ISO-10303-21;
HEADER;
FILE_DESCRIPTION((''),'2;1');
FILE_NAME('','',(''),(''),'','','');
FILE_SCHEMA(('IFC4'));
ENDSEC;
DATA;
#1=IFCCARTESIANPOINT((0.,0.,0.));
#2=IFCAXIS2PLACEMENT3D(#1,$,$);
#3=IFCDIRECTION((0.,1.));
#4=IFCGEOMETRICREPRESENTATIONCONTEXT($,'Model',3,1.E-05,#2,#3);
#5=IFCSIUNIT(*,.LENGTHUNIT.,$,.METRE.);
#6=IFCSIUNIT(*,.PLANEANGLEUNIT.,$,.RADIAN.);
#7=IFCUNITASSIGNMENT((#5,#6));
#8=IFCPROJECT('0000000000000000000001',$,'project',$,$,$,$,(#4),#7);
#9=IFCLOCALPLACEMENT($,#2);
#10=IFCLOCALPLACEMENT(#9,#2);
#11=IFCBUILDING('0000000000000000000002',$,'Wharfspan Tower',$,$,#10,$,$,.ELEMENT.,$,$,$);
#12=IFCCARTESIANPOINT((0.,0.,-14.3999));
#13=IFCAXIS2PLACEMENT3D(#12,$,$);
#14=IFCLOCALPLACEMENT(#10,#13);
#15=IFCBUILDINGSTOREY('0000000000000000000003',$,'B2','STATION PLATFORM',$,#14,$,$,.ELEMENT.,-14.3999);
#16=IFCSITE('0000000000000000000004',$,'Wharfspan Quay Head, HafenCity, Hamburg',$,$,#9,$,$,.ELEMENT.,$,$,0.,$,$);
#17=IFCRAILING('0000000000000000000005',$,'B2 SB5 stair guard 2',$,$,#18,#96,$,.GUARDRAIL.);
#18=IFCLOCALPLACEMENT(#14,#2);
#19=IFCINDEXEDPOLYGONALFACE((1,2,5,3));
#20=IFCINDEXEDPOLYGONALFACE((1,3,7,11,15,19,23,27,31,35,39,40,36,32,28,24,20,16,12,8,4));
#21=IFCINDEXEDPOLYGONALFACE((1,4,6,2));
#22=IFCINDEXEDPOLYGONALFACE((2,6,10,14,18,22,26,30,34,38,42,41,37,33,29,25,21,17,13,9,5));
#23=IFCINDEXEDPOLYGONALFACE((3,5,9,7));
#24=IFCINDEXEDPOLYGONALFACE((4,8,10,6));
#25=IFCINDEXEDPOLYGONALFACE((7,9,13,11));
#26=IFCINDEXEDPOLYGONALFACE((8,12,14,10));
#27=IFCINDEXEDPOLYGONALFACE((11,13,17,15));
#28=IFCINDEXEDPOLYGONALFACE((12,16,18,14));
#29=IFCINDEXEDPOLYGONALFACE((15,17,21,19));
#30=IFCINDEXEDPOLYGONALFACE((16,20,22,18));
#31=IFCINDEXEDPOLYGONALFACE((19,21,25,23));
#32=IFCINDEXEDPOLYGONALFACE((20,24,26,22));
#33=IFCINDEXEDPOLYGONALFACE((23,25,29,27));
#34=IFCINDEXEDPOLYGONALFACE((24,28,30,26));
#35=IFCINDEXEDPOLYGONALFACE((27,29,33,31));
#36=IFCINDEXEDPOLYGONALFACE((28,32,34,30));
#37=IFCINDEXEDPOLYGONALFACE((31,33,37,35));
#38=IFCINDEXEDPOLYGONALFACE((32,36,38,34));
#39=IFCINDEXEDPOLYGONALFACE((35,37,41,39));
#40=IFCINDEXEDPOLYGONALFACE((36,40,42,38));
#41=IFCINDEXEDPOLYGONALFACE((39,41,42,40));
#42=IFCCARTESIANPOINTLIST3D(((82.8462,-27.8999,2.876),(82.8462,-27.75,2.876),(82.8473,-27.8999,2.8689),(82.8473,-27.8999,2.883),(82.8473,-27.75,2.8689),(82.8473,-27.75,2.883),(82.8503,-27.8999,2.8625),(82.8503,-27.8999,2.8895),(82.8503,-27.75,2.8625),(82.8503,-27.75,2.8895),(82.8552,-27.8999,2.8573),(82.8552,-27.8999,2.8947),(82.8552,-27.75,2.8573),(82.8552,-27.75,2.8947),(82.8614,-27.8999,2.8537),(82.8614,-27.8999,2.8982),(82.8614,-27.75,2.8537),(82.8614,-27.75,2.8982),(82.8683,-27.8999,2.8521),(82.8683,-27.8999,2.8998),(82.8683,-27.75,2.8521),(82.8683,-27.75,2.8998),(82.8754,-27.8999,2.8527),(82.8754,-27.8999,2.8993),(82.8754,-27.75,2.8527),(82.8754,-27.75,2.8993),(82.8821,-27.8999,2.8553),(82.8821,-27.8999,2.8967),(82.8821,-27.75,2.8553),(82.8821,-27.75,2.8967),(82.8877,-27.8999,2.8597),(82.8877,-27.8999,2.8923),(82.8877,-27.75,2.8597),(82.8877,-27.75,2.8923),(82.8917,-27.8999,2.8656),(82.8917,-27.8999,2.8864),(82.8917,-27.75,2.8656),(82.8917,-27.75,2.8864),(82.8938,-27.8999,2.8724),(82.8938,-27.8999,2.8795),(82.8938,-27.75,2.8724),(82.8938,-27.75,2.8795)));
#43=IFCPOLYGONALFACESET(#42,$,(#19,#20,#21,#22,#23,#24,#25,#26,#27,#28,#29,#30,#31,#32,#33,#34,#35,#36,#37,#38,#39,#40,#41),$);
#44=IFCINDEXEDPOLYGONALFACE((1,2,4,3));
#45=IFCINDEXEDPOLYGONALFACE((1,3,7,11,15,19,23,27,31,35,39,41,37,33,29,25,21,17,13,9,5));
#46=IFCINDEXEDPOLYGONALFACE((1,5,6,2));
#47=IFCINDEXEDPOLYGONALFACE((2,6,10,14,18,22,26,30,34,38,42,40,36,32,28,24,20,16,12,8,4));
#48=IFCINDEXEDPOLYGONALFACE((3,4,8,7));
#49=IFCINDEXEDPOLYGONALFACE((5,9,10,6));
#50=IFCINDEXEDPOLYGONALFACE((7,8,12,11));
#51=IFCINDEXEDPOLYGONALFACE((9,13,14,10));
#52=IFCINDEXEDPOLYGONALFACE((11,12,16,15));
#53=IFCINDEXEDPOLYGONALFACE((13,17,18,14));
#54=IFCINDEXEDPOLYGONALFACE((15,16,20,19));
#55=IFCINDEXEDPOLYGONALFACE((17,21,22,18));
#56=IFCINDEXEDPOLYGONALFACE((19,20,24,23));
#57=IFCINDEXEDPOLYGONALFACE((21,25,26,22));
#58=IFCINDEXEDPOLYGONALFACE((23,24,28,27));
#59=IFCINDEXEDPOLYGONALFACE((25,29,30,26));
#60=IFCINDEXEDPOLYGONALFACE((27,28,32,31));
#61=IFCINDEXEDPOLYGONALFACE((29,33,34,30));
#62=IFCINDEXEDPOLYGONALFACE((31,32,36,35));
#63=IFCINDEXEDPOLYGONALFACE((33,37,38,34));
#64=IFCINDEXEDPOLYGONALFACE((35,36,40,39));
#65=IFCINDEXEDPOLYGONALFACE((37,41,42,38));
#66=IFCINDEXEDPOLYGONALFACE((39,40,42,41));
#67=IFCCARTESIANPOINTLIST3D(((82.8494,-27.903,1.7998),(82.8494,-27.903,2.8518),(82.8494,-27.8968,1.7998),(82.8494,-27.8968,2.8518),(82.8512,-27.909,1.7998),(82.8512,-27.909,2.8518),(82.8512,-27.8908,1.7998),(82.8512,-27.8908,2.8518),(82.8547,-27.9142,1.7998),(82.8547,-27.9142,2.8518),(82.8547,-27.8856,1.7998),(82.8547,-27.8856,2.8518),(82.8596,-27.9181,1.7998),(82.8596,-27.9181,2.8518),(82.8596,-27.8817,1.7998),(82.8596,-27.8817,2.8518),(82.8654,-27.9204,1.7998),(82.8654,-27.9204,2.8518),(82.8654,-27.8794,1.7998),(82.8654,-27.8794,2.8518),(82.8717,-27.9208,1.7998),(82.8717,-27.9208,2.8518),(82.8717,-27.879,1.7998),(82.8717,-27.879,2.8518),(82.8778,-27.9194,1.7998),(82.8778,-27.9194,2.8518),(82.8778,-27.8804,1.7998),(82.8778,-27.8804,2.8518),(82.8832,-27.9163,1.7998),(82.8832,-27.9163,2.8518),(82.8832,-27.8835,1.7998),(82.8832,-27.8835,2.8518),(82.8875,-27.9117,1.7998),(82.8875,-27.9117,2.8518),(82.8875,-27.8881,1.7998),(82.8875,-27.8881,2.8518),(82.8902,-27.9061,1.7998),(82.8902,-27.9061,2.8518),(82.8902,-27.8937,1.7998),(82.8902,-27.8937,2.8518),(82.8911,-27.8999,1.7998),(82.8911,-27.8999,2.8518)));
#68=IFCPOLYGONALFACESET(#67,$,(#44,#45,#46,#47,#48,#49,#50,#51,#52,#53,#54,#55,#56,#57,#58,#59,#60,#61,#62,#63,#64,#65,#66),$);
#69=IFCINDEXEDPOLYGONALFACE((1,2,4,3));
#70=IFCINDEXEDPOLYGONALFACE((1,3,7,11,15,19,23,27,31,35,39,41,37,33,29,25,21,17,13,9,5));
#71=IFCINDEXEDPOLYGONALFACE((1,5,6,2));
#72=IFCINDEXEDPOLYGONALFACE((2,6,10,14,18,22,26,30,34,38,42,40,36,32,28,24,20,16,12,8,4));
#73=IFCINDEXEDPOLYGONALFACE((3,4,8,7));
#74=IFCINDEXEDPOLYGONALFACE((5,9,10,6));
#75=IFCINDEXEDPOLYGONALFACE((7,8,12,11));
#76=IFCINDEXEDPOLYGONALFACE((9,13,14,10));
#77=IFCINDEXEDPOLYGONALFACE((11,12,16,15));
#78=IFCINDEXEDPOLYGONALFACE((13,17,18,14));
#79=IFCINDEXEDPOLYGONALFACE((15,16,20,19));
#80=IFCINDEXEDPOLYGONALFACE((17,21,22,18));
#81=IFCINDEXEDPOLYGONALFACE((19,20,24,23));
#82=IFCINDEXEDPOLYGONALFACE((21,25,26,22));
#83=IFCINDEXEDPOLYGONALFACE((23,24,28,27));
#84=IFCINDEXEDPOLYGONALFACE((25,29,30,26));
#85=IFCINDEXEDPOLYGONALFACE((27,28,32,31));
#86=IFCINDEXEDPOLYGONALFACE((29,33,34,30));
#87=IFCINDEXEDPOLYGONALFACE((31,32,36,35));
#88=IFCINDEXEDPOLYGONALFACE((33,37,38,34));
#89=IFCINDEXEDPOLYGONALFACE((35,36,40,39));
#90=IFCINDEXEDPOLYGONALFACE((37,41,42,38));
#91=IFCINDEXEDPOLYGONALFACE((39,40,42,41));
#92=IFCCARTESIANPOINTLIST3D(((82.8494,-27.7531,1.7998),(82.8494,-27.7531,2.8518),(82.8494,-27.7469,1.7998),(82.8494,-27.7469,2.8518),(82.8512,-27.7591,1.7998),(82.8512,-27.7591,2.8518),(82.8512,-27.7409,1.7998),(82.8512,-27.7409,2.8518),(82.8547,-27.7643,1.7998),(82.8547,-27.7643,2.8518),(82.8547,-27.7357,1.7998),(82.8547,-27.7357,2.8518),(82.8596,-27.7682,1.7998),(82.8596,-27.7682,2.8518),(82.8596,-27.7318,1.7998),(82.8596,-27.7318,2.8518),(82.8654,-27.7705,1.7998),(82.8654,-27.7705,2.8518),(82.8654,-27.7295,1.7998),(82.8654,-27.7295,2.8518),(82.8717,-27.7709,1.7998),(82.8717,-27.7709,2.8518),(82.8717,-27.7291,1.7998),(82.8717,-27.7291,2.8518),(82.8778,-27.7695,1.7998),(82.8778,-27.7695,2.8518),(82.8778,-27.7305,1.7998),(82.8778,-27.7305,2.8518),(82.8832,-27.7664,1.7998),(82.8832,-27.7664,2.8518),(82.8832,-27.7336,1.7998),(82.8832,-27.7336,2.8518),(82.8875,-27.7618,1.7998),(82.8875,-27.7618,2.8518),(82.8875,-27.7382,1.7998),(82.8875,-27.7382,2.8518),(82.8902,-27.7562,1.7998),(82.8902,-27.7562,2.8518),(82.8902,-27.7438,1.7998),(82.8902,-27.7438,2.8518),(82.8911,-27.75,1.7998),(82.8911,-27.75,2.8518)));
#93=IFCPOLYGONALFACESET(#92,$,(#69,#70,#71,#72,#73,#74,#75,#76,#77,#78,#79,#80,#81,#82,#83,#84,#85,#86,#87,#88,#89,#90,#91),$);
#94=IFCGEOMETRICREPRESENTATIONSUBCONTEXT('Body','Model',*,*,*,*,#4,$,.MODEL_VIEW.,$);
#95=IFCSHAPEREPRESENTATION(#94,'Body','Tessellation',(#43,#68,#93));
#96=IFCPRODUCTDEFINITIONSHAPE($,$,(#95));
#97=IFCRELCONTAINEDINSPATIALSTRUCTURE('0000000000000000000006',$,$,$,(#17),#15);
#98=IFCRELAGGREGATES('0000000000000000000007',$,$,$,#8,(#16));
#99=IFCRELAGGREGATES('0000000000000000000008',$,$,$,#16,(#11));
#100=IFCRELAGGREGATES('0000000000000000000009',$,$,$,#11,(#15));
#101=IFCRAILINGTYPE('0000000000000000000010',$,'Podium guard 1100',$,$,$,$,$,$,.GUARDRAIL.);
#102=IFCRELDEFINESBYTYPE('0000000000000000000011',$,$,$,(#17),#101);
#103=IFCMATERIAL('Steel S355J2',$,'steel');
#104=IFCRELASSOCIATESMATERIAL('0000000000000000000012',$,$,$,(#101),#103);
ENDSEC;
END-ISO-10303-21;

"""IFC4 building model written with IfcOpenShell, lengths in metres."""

from ifc_helpers import new_model, si_unit, direction, frame, origin, origin_2d, place, context, subcontext, project, spatial, circle, extrude, material, type_object, element, save


model = new_model("IFC4")

# Units and contexts
model_context = context("Model", 3, precision=1e-05, world=origin(), true_north=direction((0.0, 1.0)))
body_context = subcontext(model_context, "Body", "Model", "MODEL_VIEW")
ifc_project = project(units=[si_unit("LENGTHUNIT", "METRE"), si_unit("PLANEANGLEUNIT", "RADIAN")], contexts=[model_context])

# Site, building, storey
site_placement = place(None, origin())
site = spatial("IfcSite", under=ifc_project, at=site_placement, Name="Wharfspan Quay Head, HafenCity, Hamburg", CompositionType="ELEMENT", RefElevation=0.0)
building_placement = place(site_placement, origin())
building = spatial("IfcBuilding", under=site, at=building_placement, Name="Wharfspan Tower", CompositionType="ELEMENT")
storey_placement = place(building_placement, frame((0.0, 0.0, -14.3999)))
storey = spatial("IfcBuildingStorey", under=building, at=storey_placement, Name="B2", Description="STATION PLATFORM", CompositionType="ELEMENT", Elevation=-14.3999)

# Railing
ifc_material_1 = material(Name="Steel S355J2", Category="steel")
railing_type_1 = type_object("IfcRailingType", Name="Podium guard 1100", PredefinedType="GUARDRAIL", material=ifc_material_1)
railing_1_placement = place(storey_placement, frame((82.8701, -27.8999, 1.7998)))
element("IfcRailing", 1, at=railing_1_placement, inside=storey, type_object=railing_type_1, Name="B2 SB5 stair guard 2", PredefinedType="GUARDRAIL", context=body_context, shape_type="SweptSolid", body=[
    extrude(circle(Radius=0.0239, at=origin_2d()), frame((0.0, 0.0, 1.0762), z_axis=(0.0, 1.0, 0.0), x_axis=(-1.0, 0.0, 0.0)), (0.0, 0.0, 1.0), 0.1499),
    extrude(circle(Radius=0.021, at=origin_2d()), origin(), (0.0, 0.0, 1.0), 1.052),
    extrude(circle(Radius=0.021, at=origin_2d()), frame((0.0, 0.1499, 0.0)), (0.0, 0.0, 1.0), 1.052),
])

save(model, "model.ifc")
